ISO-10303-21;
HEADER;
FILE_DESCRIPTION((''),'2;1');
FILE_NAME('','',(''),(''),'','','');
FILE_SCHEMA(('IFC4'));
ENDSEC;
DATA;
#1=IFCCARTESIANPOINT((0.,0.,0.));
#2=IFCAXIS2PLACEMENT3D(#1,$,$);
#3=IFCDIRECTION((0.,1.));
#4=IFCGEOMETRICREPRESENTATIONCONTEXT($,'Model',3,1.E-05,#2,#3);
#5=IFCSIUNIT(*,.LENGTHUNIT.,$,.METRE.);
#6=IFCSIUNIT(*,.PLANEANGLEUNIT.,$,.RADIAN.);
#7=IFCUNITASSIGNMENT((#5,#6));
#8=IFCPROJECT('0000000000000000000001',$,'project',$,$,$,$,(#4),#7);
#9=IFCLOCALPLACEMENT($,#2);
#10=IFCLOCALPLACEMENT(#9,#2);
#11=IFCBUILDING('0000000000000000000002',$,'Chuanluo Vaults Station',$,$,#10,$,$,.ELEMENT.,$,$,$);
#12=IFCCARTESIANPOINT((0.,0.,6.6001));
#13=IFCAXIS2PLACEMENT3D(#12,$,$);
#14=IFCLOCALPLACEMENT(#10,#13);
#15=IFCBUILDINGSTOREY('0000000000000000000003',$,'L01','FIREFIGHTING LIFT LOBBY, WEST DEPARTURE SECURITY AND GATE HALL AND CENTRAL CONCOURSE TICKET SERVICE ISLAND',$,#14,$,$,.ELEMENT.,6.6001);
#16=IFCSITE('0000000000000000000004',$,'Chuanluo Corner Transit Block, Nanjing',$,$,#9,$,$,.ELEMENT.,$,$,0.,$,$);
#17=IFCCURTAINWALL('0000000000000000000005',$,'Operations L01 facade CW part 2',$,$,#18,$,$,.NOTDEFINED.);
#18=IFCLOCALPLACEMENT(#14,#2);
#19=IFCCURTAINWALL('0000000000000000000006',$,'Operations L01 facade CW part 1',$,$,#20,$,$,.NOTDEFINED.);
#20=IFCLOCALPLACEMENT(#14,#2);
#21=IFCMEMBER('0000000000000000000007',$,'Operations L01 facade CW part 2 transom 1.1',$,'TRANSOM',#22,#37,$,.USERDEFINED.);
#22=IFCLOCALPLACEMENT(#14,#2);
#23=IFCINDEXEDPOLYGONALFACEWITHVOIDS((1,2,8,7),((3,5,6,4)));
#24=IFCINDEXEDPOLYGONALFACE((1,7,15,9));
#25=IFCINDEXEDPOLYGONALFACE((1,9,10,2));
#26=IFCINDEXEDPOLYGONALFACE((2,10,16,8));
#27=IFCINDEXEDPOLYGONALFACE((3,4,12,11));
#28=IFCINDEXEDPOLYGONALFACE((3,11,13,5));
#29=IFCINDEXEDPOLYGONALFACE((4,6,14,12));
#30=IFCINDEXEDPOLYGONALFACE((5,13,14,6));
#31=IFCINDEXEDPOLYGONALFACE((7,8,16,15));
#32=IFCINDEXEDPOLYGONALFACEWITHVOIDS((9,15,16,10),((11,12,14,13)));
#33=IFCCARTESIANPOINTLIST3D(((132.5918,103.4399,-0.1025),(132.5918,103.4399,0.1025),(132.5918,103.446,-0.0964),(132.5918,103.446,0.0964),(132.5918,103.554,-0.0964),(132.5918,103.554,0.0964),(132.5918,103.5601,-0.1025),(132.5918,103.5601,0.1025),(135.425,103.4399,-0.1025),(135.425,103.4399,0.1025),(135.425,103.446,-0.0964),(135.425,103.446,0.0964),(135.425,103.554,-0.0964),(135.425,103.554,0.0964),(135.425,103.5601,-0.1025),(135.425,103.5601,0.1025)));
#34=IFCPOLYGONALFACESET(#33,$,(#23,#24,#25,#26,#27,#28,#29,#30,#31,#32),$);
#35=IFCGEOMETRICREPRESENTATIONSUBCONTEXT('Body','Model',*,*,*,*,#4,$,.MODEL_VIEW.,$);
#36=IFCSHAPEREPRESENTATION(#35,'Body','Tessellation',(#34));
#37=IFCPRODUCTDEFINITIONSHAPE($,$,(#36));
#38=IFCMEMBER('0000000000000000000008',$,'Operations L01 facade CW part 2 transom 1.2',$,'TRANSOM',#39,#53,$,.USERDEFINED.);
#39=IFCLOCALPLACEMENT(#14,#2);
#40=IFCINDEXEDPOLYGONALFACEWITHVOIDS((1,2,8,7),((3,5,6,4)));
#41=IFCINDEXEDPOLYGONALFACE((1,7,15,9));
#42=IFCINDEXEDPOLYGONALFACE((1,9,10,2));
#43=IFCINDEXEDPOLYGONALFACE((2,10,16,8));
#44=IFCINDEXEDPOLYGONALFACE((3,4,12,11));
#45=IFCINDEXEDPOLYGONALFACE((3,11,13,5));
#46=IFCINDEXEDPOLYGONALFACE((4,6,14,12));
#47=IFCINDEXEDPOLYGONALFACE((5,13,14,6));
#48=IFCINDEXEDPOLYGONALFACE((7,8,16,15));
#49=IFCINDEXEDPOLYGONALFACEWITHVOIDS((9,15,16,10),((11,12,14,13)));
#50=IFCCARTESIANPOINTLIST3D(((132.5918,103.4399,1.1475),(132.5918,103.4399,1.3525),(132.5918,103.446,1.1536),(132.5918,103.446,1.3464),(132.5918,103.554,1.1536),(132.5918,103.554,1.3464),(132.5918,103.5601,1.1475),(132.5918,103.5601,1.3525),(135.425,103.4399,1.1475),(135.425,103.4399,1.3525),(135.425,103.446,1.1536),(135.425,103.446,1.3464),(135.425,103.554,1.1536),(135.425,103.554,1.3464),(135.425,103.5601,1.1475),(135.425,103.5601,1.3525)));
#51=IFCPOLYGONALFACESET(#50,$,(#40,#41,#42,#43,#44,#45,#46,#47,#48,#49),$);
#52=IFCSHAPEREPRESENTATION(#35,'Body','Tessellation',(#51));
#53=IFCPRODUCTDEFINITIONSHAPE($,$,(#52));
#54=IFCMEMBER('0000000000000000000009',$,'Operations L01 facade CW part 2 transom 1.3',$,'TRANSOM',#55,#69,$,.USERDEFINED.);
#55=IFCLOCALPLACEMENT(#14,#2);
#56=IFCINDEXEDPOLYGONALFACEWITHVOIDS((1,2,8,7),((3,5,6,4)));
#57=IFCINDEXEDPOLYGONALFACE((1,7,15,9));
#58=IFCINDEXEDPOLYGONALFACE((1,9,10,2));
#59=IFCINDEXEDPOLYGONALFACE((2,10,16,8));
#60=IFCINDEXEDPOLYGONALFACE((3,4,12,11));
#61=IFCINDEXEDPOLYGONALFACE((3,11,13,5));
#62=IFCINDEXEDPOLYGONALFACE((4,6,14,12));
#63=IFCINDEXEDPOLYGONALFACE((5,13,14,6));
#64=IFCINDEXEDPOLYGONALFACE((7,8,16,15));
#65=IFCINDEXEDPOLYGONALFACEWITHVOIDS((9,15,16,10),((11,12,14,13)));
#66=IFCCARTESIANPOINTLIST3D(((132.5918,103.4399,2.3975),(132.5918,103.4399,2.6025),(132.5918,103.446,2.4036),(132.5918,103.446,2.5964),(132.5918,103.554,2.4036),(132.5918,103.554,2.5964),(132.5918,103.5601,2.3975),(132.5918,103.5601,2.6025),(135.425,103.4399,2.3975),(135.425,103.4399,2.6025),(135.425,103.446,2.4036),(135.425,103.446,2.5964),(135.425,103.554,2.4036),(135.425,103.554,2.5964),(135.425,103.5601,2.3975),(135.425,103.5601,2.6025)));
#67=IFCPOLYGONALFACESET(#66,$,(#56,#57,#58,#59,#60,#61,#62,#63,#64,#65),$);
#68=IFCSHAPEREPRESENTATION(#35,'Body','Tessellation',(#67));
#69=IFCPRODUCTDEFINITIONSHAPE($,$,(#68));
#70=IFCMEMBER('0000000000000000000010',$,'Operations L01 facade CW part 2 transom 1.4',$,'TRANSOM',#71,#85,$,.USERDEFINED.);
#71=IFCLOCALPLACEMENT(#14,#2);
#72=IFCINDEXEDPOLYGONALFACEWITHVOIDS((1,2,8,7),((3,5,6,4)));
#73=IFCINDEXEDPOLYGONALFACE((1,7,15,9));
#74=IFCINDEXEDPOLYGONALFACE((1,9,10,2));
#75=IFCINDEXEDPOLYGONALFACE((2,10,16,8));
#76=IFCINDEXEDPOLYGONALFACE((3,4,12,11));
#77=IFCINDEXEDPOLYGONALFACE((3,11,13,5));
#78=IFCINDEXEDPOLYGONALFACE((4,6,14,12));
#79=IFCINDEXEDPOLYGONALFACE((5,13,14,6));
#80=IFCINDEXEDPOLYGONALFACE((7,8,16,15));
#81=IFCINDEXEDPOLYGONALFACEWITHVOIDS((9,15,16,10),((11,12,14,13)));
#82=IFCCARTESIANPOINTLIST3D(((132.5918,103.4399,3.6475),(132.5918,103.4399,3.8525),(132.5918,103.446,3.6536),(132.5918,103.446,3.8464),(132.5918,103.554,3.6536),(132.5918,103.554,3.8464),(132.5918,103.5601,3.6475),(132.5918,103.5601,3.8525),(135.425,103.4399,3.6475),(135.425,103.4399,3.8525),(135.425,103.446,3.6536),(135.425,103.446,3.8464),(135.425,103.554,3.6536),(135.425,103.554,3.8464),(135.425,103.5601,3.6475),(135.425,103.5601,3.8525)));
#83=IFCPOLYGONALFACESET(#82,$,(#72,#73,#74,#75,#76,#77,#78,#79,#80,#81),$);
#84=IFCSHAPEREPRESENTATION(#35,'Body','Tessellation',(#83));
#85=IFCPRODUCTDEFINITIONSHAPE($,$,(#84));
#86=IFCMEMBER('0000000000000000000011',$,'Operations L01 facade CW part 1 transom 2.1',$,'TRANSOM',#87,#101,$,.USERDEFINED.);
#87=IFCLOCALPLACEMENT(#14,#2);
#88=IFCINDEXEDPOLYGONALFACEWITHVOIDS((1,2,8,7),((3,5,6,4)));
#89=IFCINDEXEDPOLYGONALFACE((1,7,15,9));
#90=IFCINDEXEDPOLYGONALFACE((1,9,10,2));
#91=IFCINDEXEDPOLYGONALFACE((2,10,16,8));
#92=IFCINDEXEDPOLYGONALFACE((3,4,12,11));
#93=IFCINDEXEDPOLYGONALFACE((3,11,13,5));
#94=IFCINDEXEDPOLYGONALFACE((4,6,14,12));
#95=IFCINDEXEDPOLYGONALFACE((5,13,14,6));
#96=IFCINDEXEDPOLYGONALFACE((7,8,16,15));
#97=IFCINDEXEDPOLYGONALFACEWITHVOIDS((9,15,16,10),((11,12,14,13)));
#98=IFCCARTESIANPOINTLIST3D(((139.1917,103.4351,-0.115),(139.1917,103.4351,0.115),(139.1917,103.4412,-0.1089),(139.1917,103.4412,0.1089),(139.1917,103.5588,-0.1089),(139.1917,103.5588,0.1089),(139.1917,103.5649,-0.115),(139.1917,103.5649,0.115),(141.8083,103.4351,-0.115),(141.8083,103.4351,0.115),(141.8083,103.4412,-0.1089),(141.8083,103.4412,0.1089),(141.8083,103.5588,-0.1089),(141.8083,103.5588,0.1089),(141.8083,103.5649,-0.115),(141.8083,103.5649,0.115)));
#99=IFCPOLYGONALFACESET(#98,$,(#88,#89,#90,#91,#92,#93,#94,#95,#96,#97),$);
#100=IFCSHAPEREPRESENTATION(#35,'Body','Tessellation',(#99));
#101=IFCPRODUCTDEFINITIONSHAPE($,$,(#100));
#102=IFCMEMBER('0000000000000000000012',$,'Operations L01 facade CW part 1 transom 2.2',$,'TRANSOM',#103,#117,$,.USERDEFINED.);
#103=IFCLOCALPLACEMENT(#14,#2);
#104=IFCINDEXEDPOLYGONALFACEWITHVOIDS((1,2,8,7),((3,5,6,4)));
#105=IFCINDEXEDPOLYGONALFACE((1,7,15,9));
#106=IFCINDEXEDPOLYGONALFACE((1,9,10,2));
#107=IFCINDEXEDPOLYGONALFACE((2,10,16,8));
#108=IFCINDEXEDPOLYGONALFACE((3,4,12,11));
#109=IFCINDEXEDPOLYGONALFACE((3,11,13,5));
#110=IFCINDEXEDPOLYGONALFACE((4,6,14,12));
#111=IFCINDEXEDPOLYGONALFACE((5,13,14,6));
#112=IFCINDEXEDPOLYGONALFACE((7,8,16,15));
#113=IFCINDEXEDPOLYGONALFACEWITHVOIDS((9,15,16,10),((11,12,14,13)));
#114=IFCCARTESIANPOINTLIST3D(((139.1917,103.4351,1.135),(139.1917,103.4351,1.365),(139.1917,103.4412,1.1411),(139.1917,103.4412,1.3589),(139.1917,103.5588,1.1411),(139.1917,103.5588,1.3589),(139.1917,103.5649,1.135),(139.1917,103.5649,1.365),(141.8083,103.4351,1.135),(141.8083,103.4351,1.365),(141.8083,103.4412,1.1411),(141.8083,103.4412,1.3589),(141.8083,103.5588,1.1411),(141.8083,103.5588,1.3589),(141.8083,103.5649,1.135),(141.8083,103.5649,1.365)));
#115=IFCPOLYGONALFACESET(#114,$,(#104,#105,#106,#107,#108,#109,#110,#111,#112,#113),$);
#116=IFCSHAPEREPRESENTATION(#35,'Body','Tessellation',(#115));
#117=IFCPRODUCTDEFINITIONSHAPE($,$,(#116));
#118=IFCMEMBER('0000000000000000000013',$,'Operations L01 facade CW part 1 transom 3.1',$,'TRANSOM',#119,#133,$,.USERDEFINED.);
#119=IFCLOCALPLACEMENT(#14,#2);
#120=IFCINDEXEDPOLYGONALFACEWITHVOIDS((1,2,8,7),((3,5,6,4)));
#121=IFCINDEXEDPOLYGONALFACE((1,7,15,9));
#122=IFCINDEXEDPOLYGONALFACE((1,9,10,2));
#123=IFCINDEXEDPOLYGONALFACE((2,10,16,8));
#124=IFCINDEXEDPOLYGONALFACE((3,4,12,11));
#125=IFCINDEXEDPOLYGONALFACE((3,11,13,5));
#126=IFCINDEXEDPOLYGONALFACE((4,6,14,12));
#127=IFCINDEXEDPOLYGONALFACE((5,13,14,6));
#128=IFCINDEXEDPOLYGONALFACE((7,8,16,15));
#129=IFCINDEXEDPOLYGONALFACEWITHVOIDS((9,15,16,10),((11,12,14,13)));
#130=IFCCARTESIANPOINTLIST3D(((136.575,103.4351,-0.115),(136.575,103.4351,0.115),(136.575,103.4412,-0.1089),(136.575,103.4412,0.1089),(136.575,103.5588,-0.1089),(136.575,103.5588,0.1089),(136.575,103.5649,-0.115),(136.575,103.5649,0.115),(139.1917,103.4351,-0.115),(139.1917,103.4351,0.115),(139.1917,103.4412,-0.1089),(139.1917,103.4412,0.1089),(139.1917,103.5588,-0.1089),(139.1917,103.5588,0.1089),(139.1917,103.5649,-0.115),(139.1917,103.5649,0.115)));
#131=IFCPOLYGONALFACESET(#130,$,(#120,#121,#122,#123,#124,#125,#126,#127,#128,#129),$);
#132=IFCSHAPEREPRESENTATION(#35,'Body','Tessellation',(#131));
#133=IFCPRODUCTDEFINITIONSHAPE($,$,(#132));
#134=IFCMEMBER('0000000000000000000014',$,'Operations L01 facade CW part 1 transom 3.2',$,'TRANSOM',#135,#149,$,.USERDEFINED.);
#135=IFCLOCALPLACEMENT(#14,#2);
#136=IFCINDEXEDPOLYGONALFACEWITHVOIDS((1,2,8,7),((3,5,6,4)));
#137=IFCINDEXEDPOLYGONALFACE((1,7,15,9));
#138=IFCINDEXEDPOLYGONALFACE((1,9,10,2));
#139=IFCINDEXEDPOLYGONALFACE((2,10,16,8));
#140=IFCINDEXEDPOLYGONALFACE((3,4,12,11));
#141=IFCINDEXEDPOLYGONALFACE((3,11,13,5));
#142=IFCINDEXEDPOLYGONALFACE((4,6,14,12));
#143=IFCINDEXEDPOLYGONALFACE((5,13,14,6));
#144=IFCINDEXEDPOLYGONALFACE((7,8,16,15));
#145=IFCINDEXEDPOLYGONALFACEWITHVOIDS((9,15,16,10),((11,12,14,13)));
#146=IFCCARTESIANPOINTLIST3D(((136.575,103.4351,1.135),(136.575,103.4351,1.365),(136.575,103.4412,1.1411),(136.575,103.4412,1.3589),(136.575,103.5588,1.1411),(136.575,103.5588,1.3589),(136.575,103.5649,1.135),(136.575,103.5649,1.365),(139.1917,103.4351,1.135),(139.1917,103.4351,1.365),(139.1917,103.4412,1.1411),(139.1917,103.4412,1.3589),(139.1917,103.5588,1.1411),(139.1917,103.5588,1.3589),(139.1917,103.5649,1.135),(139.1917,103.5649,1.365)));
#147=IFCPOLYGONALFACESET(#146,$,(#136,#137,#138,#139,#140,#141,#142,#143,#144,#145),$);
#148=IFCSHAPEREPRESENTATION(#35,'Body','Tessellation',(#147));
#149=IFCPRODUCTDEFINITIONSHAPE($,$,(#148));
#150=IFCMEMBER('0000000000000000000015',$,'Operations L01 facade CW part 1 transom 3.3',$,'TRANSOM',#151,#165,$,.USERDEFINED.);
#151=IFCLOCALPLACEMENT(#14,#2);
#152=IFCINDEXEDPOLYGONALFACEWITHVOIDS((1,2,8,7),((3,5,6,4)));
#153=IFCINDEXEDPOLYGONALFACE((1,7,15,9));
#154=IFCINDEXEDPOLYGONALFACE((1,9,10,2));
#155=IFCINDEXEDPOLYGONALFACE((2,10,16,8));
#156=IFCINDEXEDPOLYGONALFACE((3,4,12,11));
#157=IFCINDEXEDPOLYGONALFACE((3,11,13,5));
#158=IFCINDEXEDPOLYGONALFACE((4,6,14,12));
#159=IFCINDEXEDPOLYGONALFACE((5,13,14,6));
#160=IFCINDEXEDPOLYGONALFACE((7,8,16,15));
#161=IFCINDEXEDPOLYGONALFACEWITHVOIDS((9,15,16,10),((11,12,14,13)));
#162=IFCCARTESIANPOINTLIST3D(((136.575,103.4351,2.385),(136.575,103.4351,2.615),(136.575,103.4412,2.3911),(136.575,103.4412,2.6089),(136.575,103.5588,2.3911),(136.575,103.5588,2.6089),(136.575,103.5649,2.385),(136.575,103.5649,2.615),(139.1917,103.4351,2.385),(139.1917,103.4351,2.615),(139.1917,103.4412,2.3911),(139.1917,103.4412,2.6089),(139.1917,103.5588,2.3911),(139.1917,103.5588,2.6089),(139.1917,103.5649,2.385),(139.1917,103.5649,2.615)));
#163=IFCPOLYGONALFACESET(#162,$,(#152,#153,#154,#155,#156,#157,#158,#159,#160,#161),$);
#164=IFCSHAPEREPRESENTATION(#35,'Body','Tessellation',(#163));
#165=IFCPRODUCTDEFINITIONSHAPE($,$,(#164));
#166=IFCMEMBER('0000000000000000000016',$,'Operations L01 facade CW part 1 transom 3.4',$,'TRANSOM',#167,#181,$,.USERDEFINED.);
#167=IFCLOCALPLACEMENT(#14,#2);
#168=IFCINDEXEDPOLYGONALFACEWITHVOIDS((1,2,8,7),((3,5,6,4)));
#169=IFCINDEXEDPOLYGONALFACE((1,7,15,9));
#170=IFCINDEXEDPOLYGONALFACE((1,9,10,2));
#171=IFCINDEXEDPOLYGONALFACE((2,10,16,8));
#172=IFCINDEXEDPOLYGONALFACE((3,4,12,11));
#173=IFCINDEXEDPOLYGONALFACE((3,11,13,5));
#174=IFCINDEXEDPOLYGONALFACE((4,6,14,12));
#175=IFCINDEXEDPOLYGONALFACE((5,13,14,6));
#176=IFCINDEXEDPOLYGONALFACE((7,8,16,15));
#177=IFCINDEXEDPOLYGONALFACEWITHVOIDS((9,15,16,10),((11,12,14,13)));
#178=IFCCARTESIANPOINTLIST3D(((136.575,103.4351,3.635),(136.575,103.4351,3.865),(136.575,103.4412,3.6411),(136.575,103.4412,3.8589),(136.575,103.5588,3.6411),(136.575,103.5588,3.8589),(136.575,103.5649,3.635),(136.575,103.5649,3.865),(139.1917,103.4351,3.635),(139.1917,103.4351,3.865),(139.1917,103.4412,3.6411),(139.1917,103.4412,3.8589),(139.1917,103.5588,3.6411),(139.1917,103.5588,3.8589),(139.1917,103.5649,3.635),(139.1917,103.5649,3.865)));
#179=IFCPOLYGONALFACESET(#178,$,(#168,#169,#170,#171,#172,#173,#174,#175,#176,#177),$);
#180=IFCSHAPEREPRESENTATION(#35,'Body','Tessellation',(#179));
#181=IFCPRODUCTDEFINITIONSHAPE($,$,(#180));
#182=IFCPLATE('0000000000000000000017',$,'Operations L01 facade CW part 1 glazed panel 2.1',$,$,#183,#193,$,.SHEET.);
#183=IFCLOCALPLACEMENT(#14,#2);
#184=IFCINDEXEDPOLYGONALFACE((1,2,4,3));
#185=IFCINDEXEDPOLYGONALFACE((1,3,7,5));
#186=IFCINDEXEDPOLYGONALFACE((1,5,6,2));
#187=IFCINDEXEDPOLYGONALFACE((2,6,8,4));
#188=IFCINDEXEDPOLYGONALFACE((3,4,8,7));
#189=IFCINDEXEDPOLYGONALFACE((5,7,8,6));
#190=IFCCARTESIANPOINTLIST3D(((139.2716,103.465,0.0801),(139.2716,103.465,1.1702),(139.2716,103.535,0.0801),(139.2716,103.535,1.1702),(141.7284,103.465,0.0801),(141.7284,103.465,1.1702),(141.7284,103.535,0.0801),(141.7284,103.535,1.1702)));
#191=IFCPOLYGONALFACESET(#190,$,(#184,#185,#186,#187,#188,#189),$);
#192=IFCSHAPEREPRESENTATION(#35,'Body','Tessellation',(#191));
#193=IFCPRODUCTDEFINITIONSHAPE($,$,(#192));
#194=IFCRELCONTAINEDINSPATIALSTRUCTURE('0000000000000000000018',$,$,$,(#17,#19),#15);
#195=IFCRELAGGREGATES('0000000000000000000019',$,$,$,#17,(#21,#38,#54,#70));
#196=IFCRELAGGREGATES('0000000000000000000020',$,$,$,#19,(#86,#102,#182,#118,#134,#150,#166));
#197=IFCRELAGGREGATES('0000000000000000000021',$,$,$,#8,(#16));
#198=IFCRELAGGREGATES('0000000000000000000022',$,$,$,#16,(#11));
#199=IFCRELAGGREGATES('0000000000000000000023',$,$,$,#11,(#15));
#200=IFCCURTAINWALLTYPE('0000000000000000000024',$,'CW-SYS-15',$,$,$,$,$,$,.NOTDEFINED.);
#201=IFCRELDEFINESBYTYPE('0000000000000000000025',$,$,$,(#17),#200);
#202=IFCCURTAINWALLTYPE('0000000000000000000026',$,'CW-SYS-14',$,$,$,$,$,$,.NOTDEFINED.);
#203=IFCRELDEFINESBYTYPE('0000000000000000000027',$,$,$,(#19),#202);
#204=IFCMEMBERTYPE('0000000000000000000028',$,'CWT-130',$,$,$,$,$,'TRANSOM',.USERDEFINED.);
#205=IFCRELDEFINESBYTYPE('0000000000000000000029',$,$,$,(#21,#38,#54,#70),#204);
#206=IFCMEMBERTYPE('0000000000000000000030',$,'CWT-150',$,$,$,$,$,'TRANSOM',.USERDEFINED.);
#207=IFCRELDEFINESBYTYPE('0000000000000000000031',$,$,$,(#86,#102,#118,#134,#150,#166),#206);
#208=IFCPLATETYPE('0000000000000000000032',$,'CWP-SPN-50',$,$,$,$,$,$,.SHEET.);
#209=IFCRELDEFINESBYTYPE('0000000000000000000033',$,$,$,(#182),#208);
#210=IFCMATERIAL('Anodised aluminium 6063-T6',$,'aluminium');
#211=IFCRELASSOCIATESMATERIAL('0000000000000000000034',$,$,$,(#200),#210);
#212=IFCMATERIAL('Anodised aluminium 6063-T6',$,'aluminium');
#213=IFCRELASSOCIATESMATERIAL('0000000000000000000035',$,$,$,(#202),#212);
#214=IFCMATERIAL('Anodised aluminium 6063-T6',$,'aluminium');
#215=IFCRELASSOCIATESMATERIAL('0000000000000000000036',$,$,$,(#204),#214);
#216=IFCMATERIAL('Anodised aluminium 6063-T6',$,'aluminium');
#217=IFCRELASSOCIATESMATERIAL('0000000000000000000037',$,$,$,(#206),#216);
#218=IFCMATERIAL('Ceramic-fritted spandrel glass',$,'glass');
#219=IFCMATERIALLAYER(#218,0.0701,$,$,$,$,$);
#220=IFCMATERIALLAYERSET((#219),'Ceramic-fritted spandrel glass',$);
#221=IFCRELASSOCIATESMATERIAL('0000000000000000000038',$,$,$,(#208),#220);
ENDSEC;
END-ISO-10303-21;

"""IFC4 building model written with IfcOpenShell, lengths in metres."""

from ifc_helpers import new_model, si_unit, direction, frame, origin, origin_2d, place, context, subcontext, project, spatial, rectangle, hollow_rectangle, extrude, material, layer, layer_set, material_profile, profile_set, type_object, element, aggregate, save


model = new_model("IFC4")

# Units and contexts
model_context = context("Model", 3, precision=1e-05, world=origin(), true_north=direction((0.0, 1.0)))
body_context = subcontext(model_context, "Body", "Model", "MODEL_VIEW")
ifc_project = project(units=[si_unit("LENGTHUNIT", "METRE"), si_unit("PLANEANGLEUNIT", "RADIAN")], contexts=[model_context])

# Site, building, storey
site_placement = place(None, origin())
site = spatial("IfcSite", under=ifc_project, at=site_placement, Name="Chuanluo Corner Transit Block, Nanjing", CompositionType="ELEMENT", RefElevation=0.0)
building_placement = place(site_placement, origin())
building = spatial("IfcBuilding", under=site, at=building_placement, Name="Chuanluo Vaults Station", CompositionType="ELEMENT")
storey_placement = place(building_placement, frame((0.0, 0.0, 6.6001)))
storey = spatial("IfcBuildingStorey", under=building, at=storey_placement, Name="L01", Description="FIREFIGHTING LIFT LOBBY, WEST DEPARTURE SECURITY AND GATE HALL AND CENTRAL CONCOURSE TICKET SERVICE ISLAND", CompositionType="ELEMENT", Elevation=6.6001)

# Curtain wall
ifc_material_1 = material(Name="Anodised aluminium 6063-T6", Category="aluminium")
curtain_wall_type_1 = type_object("IfcCurtainWallType", Name="CW-SYS-15", PredefinedType="NOTDEFINED", material=ifc_material_1)
curtain_wall_1_placement = place(storey_placement, origin())
curtain_wall_1 = element("IfcCurtainWall", 1, at=curtain_wall_1_placement, inside=storey, type_object=curtain_wall_type_1, Name="Operations L01 facade CW part 2", PredefinedType="NOTDEFINED")

# Curtain wall
ifc_material_2 = material(Name="Anodised aluminium 6063-T6", Category="aluminium")
curtain_wall_type_2 = type_object("IfcCurtainWallType", Name="CW-SYS-14", PredefinedType="NOTDEFINED", material=ifc_material_2)
curtain_wall_2_placement = place(storey_placement, origin())
curtain_wall_2 = element("IfcCurtainWall", 2, at=curtain_wall_2_placement, inside=storey, type_object=curtain_wall_type_2, Name="Operations L01 facade CW part 1", PredefinedType="NOTDEFINED")

# Members
ifc_material_3 = material(Name="Anodised aluminium 6063-T6", Category="aluminium")
ifc_material_profile_1 = material_profile(ifc_material_3, hollow_rectangle(XDim=0.1201, YDim=0.2051, WallThickness=0.0061, at=origin_2d()))
ifc_profile_set_1 = profile_set([ifc_material_profile_1], Name="Anodised aluminium 6063-T6")
member_type_1 = type_object("IfcMemberType", Name="CWT-130", ElementType="TRANSOM", PredefinedType="USERDEFINED", material=ifc_profile_set_1)
member_1_placement = place(storey_placement, frame((135.425, 103.5, 0.0), z_axis=(-1.0, 0.0, 0.0), x_axis=(0.0, -1.0, 0.0)))
member_1 = element("IfcMember", 3, at=member_1_placement, type_object=member_type_1, Name="Operations L01 facade CW part 2 transom 1.1", ObjectType="TRANSOM", PredefinedType="USERDEFINED", context=body_context, shape_type="SweptSolid", body=[
    extrude(hollow_rectangle(XDim=0.1201, YDim=0.2051, WallThickness=0.0061, at=origin_2d()), origin(), (0.0, 0.0, 1.0), 2.8333),
])
member_2_placement = place(storey_placement, frame((135.425, 103.5, 1.25), z_axis=(-1.0, 0.0, 0.0), x_axis=(0.0, -1.0, 0.0)))
member_2 = element("IfcMember", 4, at=member_2_placement, type_object=member_type_1, Name="Operations L01 facade CW part 2 transom 1.2", ObjectType="TRANSOM", PredefinedType="USERDEFINED", context=body_context, shape_type="SweptSolid", body=[
    extrude(hollow_rectangle(XDim=0.1201, YDim=0.2051, WallThickness=0.0061, at=origin_2d()), origin(), (0.0, 0.0, 1.0), 2.8333),
])
member_3_placement = place(storey_placement, frame((135.425, 103.5, 2.5), z_axis=(-1.0, 0.0, 0.0), x_axis=(0.0, -1.0, 0.0)))
member_3 = element("IfcMember", 5, at=member_3_placement, type_object=member_type_1, Name="Operations L01 facade CW part 2 transom 1.3", ObjectType="TRANSOM", PredefinedType="USERDEFINED", context=body_context, shape_type="SweptSolid", body=[
    extrude(hollow_rectangle(XDim=0.1201, YDim=0.2051, WallThickness=0.0061, at=origin_2d()), origin(), (0.0, 0.0, 1.0), 2.8333),
])
member_4_placement = place(storey_placement, frame((135.425, 103.5, 3.75), z_axis=(-1.0, 0.0, 0.0), x_axis=(0.0, -1.0, 0.0)))
member_4 = element("IfcMember", 6, at=member_4_placement, type_object=member_type_1, Name="Operations L01 facade CW part 2 transom 1.4", ObjectType="TRANSOM", PredefinedType="USERDEFINED", context=body_context, shape_type="SweptSolid", body=[
    extrude(hollow_rectangle(XDim=0.1201, YDim=0.2051, WallThickness=0.0061, at=origin_2d()), origin(), (0.0, 0.0, 1.0), 2.8333),
])
ifc_material_4 = material(Name="Anodised aluminium 6063-T6", Category="aluminium")
ifc_material_profile_2 = material_profile(ifc_material_4, hollow_rectangle(XDim=0.1299, YDim=0.23, WallThickness=0.0061, at=origin_2d()))
ifc_profile_set_2 = profile_set([ifc_material_profile_2], Name="Anodised aluminium 6063-T6")
member_type_2 = type_object("IfcMemberType", Name="CWT-150", ElementType="TRANSOM", PredefinedType="USERDEFINED", material=ifc_profile_set_2)
member_5_placement = place(storey_placement, frame((141.8083, 103.5, 0.0), z_axis=(-1.0, 0.0, 0.0), x_axis=(0.0, -1.0, 0.0)))
member_5 = element("IfcMember", 7, at=member_5_placement, type_object=member_type_2, Name="Operations L01 facade CW part 1 transom 2.1", ObjectType="TRANSOM", PredefinedType="USERDEFINED", context=body_context, shape_type="SweptSolid", body=[
    extrude(hollow_rectangle(XDim=0.1299, YDim=0.23, WallThickness=0.0061, at=origin_2d()), origin(), (0.0, 0.0, 1.0), 2.6167),
])
member_6_placement = place(storey_placement, frame((141.8083, 103.5, 1.25), z_axis=(-1.0, 0.0, 0.0), x_axis=(0.0, -1.0, 0.0)))
member_6 = element("IfcMember", 8, at=member_6_placement, type_object=member_type_2, Name="Operations L01 facade CW part 1 transom 2.2", ObjectType="TRANSOM", PredefinedType="USERDEFINED", context=body_context, shape_type="SweptSolid", body=[
    extrude(hollow_rectangle(XDim=0.1299, YDim=0.23, WallThickness=0.0061, at=origin_2d()), origin(), (0.0, 0.0, 1.0), 2.6167),
])
member_7_placement = place(storey_placement, frame((139.1917, 103.5, 0.0), z_axis=(-1.0, 0.0, 0.0), x_axis=(0.0, -1.0, 0.0)))
member_7 = element("IfcMember", 9, at=member_7_placement, type_object=member_type_2, Name="Operations L01 facade CW part 1 transom 3.1", ObjectType="TRANSOM", PredefinedType="USERDEFINED", context=body_context, shape_type="SweptSolid", body=[
    extrude(hollow_rectangle(XDim=0.1299, YDim=0.23, WallThickness=0.0061, at=origin_2d()), origin(), (0.0, 0.0, 1.0), 2.6167),
])
member_8_placement = place(storey_placement, frame((139.1917, 103.5, 1.25), z_axis=(-1.0, 0.0, 0.0), x_axis=(0.0, -1.0, 0.0)))
member_8 = element("IfcMember", 10, at=member_8_placement, type_object=member_type_2, Name="Operations L01 facade CW part 1 transom 3.2", ObjectType="TRANSOM", PredefinedType="USERDEFINED", context=body_context, shape_type="SweptSolid", body=[
    extrude(hollow_rectangle(XDim=0.1299, YDim=0.23, WallThickness=0.0061, at=origin_2d()), origin(), (0.0, 0.0, 1.0), 2.6167),
])
member_9_placement = place(storey_placement, frame((139.1917, 103.5, 2.5), z_axis=(-1.0, 0.0, 0.0), x_axis=(0.0, -1.0, 0.0)))
member_9 = element("IfcMember", 11, at=member_9_placement, type_object=member_type_2, Name="Operations L01 facade CW part 1 transom 3.3", ObjectType="TRANSOM", PredefinedType="USERDEFINED", context=body_context, shape_type="SweptSolid", body=[
    extrude(hollow_rectangle(XDim=0.1299, YDim=0.23, WallThickness=0.0061, at=origin_2d()), origin(), (0.0, 0.0, 1.0), 2.6167),
])
member_10_placement = place(storey_placement, frame((139.1917, 103.5, 3.75), z_axis=(-1.0, 0.0, 0.0), x_axis=(0.0, -1.0, 0.0)))
member_10 = element("IfcMember", 12, at=member_10_placement, type_object=member_type_2, Name="Operations L01 facade CW part 1 transom 3.4", ObjectType="TRANSOM", PredefinedType="USERDEFINED", context=body_context, shape_type="SweptSolid", body=[
    extrude(hollow_rectangle(XDim=0.1299, YDim=0.23, WallThickness=0.0061, at=origin_2d()), origin(), (0.0, 0.0, 1.0), 2.6167),
])

# Plate
ifc_material_5 = material(Name="Ceramic-fritted spandrel glass", Category="glass")
ifc_layer_1 = layer(ifc_material_5, 0.0701)
ifc_layer_set_1 = layer_set([ifc_layer_1], Name="Ceramic-fritted spandrel glass")
plate_type_1 = type_object("IfcPlateType", Name="CWP-SPN-50", PredefinedType="SHEET", material=ifc_layer_set_1)
plate_1_placement = place(storey_placement, frame((140.5, 103.5, 0.0801), z_axis=(0.0, 0.0, 1.0), x_axis=(-1.0, 0.0, 0.0)))
plate_1 = element("IfcPlate", 13, at=plate_1_placement, type_object=plate_type_1, Name="Operations L01 facade CW part 1 glazed panel 2.1", PredefinedType="SHEET", context=body_context, shape_type="SweptSolid", body=[
    extrude(rectangle(XDim=2.4568, YDim=0.0701, at=origin_2d()), origin(), (0.0, 0.0, 1.0), 1.0901),
])
aggregate(curtain_wall_1, [member_1, member_2, member_3, member_4])
aggregate(curtain_wall_2, [member_5, member_6, plate_1, member_7, member_8, member_9, member_10])

save(model, "model.ifc")
